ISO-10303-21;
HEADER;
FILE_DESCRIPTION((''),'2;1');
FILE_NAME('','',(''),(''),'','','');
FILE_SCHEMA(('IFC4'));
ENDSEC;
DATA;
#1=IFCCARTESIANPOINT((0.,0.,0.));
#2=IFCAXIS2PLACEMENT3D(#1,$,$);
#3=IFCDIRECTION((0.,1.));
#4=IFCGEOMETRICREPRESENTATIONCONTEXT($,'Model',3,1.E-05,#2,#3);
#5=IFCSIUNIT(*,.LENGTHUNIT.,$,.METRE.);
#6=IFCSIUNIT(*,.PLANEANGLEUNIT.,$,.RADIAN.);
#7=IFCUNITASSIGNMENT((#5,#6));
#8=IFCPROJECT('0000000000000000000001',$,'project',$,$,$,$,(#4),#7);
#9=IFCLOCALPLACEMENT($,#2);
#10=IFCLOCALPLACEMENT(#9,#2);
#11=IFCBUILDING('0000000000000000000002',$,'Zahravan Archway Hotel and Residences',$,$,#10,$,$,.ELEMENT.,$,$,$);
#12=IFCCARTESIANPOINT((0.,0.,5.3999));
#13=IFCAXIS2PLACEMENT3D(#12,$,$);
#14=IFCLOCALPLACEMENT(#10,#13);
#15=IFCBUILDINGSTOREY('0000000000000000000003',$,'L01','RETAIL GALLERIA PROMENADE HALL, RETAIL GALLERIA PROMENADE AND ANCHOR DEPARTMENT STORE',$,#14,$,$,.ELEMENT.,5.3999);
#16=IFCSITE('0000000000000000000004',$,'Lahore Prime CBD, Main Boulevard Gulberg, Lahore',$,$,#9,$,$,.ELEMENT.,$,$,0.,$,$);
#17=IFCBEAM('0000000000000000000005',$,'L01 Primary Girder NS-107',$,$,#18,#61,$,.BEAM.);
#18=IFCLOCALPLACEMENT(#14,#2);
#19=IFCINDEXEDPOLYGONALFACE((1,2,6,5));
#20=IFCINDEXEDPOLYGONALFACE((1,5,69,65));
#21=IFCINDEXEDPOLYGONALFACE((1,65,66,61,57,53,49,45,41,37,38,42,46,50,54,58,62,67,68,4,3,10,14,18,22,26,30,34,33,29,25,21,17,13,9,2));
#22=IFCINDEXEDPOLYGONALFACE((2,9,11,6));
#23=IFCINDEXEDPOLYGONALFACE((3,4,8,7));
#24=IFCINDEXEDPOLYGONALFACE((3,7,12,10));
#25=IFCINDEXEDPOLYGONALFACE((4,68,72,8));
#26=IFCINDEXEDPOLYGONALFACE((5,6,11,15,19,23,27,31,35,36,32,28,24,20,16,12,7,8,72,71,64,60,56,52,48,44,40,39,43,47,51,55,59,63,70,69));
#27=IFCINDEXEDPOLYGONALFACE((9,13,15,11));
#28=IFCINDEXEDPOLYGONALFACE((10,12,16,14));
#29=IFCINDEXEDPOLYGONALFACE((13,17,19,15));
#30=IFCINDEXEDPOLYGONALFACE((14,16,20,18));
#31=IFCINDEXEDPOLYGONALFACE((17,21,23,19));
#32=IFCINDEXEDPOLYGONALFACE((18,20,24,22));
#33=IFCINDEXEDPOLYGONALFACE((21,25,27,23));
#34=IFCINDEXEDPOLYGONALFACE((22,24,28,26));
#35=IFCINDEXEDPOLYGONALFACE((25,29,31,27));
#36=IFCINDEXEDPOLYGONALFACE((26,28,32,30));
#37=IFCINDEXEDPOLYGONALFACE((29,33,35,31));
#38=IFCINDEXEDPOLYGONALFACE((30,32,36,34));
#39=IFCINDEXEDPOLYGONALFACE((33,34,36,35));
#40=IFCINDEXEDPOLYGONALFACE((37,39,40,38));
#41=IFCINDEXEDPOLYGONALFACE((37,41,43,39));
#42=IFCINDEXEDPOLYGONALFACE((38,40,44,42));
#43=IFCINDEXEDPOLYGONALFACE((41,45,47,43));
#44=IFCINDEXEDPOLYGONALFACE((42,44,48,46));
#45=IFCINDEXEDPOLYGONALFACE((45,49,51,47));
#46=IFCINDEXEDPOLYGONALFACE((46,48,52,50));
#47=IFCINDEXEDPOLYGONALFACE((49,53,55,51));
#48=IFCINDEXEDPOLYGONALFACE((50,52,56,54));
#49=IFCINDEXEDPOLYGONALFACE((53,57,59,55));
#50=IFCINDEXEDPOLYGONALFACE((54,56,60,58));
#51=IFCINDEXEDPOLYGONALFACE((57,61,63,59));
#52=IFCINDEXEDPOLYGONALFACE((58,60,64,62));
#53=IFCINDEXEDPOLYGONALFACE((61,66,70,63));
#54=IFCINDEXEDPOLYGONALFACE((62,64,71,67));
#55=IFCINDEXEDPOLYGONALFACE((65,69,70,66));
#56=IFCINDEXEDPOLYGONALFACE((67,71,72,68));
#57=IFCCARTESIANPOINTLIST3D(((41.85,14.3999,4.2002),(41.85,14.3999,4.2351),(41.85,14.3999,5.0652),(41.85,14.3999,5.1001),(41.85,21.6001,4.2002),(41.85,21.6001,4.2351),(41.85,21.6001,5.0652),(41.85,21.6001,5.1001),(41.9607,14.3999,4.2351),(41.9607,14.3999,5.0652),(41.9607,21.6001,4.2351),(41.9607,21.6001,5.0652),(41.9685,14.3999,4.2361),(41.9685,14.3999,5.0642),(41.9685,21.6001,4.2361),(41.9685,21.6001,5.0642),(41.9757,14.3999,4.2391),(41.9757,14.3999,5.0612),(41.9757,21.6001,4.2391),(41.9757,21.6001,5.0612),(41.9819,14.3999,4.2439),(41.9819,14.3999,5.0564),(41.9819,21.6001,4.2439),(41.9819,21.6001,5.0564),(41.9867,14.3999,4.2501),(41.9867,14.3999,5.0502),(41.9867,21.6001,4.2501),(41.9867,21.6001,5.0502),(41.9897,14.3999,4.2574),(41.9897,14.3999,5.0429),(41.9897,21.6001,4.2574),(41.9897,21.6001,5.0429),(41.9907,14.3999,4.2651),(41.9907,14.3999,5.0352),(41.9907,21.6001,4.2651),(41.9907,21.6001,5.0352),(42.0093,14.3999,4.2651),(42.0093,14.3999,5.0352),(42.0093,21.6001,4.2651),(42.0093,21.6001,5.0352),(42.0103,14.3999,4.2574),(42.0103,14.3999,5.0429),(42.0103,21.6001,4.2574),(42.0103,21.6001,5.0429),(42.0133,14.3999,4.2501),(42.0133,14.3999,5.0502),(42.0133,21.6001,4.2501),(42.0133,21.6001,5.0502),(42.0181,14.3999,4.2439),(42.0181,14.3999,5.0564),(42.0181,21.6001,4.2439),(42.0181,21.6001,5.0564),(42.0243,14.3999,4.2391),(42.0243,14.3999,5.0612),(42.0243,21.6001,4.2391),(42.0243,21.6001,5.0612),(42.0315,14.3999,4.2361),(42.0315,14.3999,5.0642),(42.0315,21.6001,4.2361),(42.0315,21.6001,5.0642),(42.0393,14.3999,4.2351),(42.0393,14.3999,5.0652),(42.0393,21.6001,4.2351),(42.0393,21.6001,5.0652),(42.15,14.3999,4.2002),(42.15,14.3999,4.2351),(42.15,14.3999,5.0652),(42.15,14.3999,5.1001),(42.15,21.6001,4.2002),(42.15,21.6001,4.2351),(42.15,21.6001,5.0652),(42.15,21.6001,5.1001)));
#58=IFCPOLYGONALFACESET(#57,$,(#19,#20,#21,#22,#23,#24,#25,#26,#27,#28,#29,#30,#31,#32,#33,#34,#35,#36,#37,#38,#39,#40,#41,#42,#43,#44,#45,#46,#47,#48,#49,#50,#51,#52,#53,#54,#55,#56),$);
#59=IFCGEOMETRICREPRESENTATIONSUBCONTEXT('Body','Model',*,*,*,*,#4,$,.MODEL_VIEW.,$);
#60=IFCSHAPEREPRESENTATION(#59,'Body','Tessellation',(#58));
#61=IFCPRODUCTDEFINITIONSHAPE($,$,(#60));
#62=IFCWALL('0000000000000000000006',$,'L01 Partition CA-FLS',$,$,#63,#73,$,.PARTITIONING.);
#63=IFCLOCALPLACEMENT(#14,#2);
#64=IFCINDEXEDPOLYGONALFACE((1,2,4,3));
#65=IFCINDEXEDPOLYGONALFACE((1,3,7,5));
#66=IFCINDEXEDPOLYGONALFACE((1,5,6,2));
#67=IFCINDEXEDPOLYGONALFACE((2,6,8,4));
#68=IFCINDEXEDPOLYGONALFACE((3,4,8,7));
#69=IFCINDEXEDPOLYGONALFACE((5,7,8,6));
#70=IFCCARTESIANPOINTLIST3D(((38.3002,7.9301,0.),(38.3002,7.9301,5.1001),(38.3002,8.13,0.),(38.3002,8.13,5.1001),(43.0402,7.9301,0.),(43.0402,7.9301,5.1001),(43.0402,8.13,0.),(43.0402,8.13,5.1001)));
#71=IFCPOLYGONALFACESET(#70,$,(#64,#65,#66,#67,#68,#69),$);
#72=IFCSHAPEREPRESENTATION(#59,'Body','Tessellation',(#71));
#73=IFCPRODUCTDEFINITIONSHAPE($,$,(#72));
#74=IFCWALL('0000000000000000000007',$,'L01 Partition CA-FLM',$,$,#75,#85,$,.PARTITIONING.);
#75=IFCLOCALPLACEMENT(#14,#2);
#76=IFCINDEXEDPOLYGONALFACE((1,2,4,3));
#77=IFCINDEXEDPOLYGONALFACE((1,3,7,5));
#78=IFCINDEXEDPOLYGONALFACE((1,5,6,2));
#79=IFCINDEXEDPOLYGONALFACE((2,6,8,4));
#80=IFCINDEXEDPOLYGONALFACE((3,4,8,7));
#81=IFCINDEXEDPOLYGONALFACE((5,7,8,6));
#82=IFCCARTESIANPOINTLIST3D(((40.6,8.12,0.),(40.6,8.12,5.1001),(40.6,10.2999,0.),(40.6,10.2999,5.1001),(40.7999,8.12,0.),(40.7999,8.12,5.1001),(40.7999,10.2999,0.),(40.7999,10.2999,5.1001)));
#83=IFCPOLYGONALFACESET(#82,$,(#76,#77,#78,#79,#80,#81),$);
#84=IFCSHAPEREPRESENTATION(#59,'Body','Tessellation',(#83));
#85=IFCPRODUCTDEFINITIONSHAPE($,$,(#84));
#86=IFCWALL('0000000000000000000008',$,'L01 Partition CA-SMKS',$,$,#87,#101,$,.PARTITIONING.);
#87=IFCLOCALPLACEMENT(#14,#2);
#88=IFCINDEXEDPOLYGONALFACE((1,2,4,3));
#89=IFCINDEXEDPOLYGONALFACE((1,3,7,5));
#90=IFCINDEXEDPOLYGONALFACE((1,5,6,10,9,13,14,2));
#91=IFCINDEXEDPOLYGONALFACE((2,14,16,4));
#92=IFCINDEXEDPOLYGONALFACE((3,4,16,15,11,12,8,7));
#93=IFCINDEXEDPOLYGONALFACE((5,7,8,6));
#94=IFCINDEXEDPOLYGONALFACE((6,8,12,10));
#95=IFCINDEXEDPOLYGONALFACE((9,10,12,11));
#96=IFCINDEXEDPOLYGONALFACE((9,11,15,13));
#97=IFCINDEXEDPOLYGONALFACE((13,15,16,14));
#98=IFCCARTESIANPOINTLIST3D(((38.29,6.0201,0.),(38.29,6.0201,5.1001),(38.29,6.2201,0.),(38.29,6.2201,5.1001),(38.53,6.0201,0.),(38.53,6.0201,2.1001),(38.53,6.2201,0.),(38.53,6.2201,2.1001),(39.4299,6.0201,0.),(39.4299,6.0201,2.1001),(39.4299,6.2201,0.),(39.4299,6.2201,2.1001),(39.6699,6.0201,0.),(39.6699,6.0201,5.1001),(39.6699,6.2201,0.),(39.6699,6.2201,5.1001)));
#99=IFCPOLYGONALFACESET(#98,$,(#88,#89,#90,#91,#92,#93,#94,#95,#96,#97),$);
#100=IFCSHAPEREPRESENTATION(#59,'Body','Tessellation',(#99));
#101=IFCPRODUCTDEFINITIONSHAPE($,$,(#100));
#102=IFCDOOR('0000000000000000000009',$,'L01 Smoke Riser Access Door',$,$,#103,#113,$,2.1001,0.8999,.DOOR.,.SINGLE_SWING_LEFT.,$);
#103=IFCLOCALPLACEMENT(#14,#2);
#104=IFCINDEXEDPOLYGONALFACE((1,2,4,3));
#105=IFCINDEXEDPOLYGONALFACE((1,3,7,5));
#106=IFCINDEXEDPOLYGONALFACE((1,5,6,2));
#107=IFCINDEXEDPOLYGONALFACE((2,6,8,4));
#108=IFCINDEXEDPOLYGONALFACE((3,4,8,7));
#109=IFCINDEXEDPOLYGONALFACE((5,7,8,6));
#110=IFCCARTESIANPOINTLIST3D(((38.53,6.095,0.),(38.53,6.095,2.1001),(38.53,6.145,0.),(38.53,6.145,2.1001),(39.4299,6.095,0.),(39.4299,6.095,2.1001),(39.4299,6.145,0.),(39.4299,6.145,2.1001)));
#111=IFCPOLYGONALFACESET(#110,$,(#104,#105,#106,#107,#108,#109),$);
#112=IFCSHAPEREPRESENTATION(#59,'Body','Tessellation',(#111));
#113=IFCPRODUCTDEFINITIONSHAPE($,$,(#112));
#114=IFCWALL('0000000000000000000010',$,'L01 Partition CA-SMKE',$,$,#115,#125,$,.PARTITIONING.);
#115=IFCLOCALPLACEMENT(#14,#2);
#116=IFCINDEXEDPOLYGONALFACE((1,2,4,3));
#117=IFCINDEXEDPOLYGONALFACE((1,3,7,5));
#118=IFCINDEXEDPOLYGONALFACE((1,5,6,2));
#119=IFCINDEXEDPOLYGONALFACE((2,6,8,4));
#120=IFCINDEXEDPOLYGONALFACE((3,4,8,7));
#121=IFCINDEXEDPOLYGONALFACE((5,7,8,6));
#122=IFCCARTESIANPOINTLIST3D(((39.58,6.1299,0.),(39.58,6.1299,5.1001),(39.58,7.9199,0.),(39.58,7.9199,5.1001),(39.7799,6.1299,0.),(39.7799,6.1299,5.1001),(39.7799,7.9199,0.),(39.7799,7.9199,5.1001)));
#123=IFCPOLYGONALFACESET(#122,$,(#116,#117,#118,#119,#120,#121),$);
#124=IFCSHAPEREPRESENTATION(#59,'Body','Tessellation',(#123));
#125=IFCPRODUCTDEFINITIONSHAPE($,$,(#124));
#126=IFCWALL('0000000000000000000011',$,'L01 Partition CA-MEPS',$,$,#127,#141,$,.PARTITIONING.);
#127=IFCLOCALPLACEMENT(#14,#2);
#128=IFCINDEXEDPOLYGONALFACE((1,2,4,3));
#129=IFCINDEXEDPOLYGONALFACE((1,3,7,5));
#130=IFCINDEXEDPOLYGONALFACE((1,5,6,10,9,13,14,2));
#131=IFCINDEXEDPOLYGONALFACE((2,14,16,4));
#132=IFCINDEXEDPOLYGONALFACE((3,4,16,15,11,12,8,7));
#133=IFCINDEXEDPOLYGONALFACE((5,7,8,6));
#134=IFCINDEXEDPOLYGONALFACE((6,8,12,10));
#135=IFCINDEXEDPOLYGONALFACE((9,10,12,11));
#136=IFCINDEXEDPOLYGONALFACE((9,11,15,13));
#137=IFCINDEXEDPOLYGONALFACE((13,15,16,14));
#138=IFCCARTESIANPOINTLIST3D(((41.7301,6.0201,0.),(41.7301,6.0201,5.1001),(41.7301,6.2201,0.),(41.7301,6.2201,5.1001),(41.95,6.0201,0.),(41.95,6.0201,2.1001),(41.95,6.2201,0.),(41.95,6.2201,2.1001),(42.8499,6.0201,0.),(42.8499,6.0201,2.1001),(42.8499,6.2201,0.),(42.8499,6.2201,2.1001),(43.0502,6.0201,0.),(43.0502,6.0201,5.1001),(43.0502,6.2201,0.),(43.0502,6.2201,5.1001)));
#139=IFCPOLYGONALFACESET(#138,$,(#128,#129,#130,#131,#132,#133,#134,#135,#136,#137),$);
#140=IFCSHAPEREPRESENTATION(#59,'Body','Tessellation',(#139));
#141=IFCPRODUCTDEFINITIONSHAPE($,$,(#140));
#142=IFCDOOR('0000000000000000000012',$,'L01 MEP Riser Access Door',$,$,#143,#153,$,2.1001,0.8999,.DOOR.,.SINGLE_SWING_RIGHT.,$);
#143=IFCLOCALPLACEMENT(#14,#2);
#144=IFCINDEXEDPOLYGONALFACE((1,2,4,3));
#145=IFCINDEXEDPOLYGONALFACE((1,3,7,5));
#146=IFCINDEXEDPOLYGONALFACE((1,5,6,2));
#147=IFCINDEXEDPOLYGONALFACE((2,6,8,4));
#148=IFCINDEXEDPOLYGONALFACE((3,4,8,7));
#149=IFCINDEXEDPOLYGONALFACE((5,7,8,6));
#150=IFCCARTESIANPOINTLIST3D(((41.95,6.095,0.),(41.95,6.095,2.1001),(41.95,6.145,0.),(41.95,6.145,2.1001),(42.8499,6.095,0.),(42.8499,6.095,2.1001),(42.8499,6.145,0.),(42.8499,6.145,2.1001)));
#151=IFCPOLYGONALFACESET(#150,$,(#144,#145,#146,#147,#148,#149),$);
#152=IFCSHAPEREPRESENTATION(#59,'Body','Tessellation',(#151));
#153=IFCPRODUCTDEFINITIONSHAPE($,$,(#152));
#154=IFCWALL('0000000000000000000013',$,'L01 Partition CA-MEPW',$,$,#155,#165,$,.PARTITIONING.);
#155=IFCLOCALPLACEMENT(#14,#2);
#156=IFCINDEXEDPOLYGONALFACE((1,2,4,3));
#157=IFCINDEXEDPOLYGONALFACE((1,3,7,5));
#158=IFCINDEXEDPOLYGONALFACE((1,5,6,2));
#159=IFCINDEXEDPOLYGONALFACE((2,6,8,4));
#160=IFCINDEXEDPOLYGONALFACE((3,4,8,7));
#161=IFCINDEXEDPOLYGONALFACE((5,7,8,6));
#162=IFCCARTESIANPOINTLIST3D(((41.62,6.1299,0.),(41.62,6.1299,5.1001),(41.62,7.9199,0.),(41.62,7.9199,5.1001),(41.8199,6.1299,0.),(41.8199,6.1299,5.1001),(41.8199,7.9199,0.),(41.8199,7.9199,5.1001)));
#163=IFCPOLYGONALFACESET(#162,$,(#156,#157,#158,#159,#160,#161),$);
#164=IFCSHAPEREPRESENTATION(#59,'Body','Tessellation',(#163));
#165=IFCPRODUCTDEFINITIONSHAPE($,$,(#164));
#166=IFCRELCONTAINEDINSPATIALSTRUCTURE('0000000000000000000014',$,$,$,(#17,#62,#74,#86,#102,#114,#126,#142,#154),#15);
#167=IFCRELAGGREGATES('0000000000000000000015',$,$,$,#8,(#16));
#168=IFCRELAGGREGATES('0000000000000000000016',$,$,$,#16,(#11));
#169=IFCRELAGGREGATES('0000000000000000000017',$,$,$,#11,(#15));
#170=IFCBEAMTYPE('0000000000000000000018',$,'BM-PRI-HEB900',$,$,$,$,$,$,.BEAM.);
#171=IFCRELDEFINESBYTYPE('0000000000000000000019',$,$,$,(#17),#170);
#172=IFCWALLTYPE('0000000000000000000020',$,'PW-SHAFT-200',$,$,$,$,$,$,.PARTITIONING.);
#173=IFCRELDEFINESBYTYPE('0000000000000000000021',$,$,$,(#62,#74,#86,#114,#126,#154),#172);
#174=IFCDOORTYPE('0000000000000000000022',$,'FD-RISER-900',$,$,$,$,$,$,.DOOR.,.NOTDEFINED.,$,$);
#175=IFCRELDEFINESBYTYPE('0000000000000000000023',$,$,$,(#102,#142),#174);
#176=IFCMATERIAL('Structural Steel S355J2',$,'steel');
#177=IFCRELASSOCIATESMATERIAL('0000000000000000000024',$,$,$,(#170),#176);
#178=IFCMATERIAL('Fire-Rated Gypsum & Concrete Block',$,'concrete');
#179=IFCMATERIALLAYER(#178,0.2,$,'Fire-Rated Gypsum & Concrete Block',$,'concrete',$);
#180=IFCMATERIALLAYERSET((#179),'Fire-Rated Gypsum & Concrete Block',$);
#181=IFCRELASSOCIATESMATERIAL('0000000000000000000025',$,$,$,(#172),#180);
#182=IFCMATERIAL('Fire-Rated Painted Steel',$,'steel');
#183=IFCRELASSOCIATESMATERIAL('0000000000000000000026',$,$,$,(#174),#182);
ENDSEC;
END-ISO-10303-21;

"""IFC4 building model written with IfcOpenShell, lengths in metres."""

from ifc_helpers import new_model, si_unit, direction, frame, frame_2d, origin, origin_2d, place, context, subcontext, project, spatial, rectangle, i_section, extrude, source, transform, mapped, material, layer, layer_set, material_profile, profile_set, type_object, type_shapes, element, fill, save


model = new_model("IFC4")

# Units and contexts
model_context = context("Model", 3, precision=1e-05, world=origin(), true_north=direction((0.0, 1.0)))
body_context = subcontext(model_context, "Body", "Model", "MODEL_VIEW")
ifc_project = project(units=[si_unit("LENGTHUNIT", "METRE"), si_unit("PLANEANGLEUNIT", "RADIAN")], contexts=[model_context])

# Site, building, storey
site_placement = place(None, origin())
site = spatial("IfcSite", under=ifc_project, at=site_placement, Name="Lahore Prime CBD, Main Boulevard Gulberg, Lahore", CompositionType="ELEMENT", RefElevation=0.0)
building_placement = place(site_placement, origin())
building = spatial("IfcBuilding", under=site, at=building_placement, Name="Zahravan Archway Hotel and Residences", CompositionType="ELEMENT")
storey_placement = place(building_placement, frame((0.0, 0.0, 5.3999)))
storey = spatial("IfcBuildingStorey", under=building, at=storey_placement, Name="L01", Description="RETAIL GALLERIA PROMENADE HALL, RETAIL GALLERIA PROMENADE AND ANCHOR DEPARTMENT STORE", CompositionType="ELEMENT", Elevation=5.3999)

# Beam
ifc_material_1 = material(Name="Structural Steel S355J2", Category="steel")
ifc_material_profile = material_profile(ifc_material_1, i_section(OverallWidth=0.3, OverallDepth=0.8999, WebThickness=0.0186, FlangeThickness=0.0349, FilletRadius=0.03, at=origin_2d()), Name="HEB 900", Category="steel")
ifc_profile_set = profile_set([ifc_material_profile], Name="Structural Steel S355J2")
beam_type = type_object("IfcBeamType", Name="BM-PRI-HEB900", PredefinedType="BEAM", material=ifc_profile_set)
shared_shape_1 = source(origin(), body_context, "Body", "SweptSolid", [
    extrude(i_section(OverallWidth=0.3, OverallDepth=0.8999, WebThickness=0.0186, FlangeThickness=0.0349, FilletRadius=0.03, at=origin_2d()), origin(), (0.0, 0.0, 1.0), 7.2002),
])
beam_placement = place(storey_placement, frame((42.0, 14.3999, 4.6501), z_axis=(0.0, 1.0, 0.0), x_axis=(-1.0, 0.0, 0.0)))
element("IfcBeam", 1, at=beam_placement, inside=storey, type_object=beam_type, Name="L01 Primary Girder NS-107", PredefinedType="BEAM", context=body_context, shape_type="MappedRepresentation", body=[
    mapped(shared_shape_1, transform((0.0, 0.0, 0.0), scale=1.0)),
])

# Shared definitions
ifc_material_2 = material(Name="Fire-Rated Gypsum & Concrete Block", Category="concrete")
ifc_material_3 = material(Name="Fire-Rated Painted Steel", Category="steel")

# Walls
ifc_layer_1 = layer(ifc_material_2, 0.2, Name="Fire-Rated Gypsum & Concrete Block", Category="concrete")
ifc_layer_set_1 = layer_set([ifc_layer_1], Name="Fire-Rated Gypsum & Concrete Block")
wall_type_1 = type_object("IfcWallType", Name="PW-SHAFT-200", PredefinedType="PARTITIONING", material=ifc_layer_set_1)
wall_1_placement = place(storey_placement, frame((38.3, 8.03, 0.0), z_axis=(0.0, 0.0, 1.0), x_axis=(1.0, 0.0, 0.0)))
element("IfcWall", 2, at=wall_1_placement, inside=storey, type_object=wall_type_1, Name="L01 Partition CA-FLS", PredefinedType="PARTITIONING", context=body_context, shape_type="SweptSolid", body=[
    extrude(rectangle(XDim=4.74, YDim=0.2, at=frame_2d((2.3701, 0.0))), origin(), (0.0, 0.0, 1.0), 5.1001),
])
wall_2_placement = place(storey_placement, frame((40.7, 8.1201, 0.0), z_axis=(0.0, 0.0, 1.0), x_axis=(0.0, 1.0, 0.0)))
element("IfcWall", 3, at=wall_2_placement, inside=storey, type_object=wall_type_1, Name="L01 Partition CA-FLM", PredefinedType="PARTITIONING", context=body_context, shape_type="SweptSolid", body=[
    extrude(rectangle(XDim=2.1799, YDim=0.2, at=frame_2d((1.0898, 0.0))), origin(), (0.0, 0.0, 1.0), 5.1001),
])

# Wall, opening, door
wall_3_placement = place(storey_placement, frame((38.29, 6.1201, 0.0), z_axis=(0.0, 0.0, 1.0), x_axis=(1.0, 0.0, 0.0)))
wall_3 = element("IfcWall", 4, at=wall_3_placement, inside=storey, type_object=wall_type_1, Name="L01 Partition CA-SMKS", PredefinedType="PARTITIONING", context=body_context, shape_type="SweptSolid", body=[
    extrude(rectangle(XDim=1.3799, YDim=0.2, at=frame_2d((0.6899, 0.0))), origin(), (0.0, 0.0, 1.0), 5.1001),
])
opening_1_placement = place(wall_3_placement, frame((0.24, 0.0, 0.0)))
opening_1 = element("IfcOpeningElement", 5, at=opening_1_placement, cuts=wall_3, PredefinedType="OPENING", context=body_context, shape_type="SweptSolid", body=[
    extrude(rectangle(XDim=0.8999, YDim=2.1001, at=frame_2d((0.45, 1.05))), frame((0.0, 0.1099, 0.0), z_axis=(0.0, -1.0, 0.0), x_axis=(1.0, 0.0, 0.0)), (0.0, 0.0, 1.0), 0.22),
])
door_type_1 = type_object("IfcDoorType", Name="FD-RISER-900", OperationType="NOTDEFINED", PredefinedType="DOOR", material=ifc_material_3)
shared_shape_2 = source(origin(), body_context, "Body", "SweptSolid", [
    extrude(rectangle(XDim=0.8999, YDim=2.1001, at=frame_2d((0.45, 1.05))), frame((0.0, 0.0249, 0.0), z_axis=(0.0, -1.0, 0.0), x_axis=(1.0, 0.0, 0.0)), (0.0, 0.0, 1.0), 0.05),
])
type_shapes(door_type_1, [shared_shape_2])
door_1_placement = place(opening_1_placement, origin())
door_1 = element("IfcDoor", 6, at=door_1_placement, inside=storey, type_object=door_type_1, Name="L01 Smoke Riser Access Door", OperationType="SINGLE_SWING_LEFT", OverallHeight=2.1001, OverallWidth=0.8999, PredefinedType="DOOR", context=body_context, shape_type="MappedRepresentation", body=[
    mapped(shared_shape_2, transform((0.0, 0.0, 0.0), scale=1.0)),
])
fill(opening_1, door_1)

# Wall
wall_4_placement = place(storey_placement, frame((39.6799, 6.1299, 0.0), z_axis=(0.0, 0.0, 1.0), x_axis=(0.0, 1.0, 0.0)))
element("IfcWall", 7, at=wall_4_placement, inside=storey, type_object=wall_type_1, Name="L01 Partition CA-SMKE", PredefinedType="PARTITIONING", context=body_context, shape_type="SweptSolid", body=[
    extrude(rectangle(XDim=1.79, YDim=0.2, at=frame_2d((0.895, 0.0))), origin(), (0.0, 0.0, 1.0), 5.1001),
])

# Wall, opening, door
wall_5_placement = place(storey_placement, frame((41.73, 6.1201, 0.0), z_axis=(0.0, 0.0, 1.0), x_axis=(1.0, 0.0, 0.0)))
wall_5 = element("IfcWall", 8, at=wall_5_placement, inside=storey, type_object=wall_type_1, Name="L01 Partition CA-MEPS", PredefinedType="PARTITIONING", context=body_context, shape_type="SweptSolid", body=[
    extrude(rectangle(XDim=1.3201, YDim=0.2, at=frame_2d((0.6602, 0.0))), origin(), (0.0, 0.0, 1.0), 5.1001),
])
opening_2_placement = place(wall_5_placement, frame((0.22, 0.0, 0.0)))
opening_2 = element("IfcOpeningElement", 9, at=opening_2_placement, cuts=wall_5, PredefinedType="OPENING", context=body_context, shape_type="SweptSolid", body=[
    extrude(rectangle(XDim=0.8999, YDim=2.1001, at=frame_2d((0.45, 1.05))), frame((0.0, 0.1099, 0.0), z_axis=(0.0, -1.0, 0.0), x_axis=(1.0, 0.0, 0.0)), (0.0, 0.0, 1.0), 0.22),
])
door_2_placement = place(opening_2_placement, origin())
door_2 = element("IfcDoor", 10, at=door_2_placement, inside=storey, type_object=door_type_1, Name="L01 MEP Riser Access Door", OperationType="SINGLE_SWING_RIGHT", OverallHeight=2.1001, OverallWidth=0.8999, PredefinedType="DOOR", context=body_context, shape_type="MappedRepresentation", body=[
    mapped(shared_shape_2, transform((0.0, 0.0, 0.0), scale=1.0)),
])
fill(opening_2, door_2)

# Wall
wall_6_placement = place(storey_placement, frame((41.72, 6.1299, 0.0), z_axis=(0.0, 0.0, 1.0), x_axis=(0.0, 1.0, 0.0)))
element("IfcWall", 11, at=wall_6_placement, inside=storey, type_object=wall_type_1, Name="L01 Partition CA-MEPW", PredefinedType="PARTITIONING", context=body_context, shape_type="SweptSolid", body=[
    extrude(rectangle(XDim=1.79, YDim=0.2, at=frame_2d((0.895, 0.0))), origin(), (0.0, 0.0, 1.0), 5.1001),
])

save(model, "model.ifc")
